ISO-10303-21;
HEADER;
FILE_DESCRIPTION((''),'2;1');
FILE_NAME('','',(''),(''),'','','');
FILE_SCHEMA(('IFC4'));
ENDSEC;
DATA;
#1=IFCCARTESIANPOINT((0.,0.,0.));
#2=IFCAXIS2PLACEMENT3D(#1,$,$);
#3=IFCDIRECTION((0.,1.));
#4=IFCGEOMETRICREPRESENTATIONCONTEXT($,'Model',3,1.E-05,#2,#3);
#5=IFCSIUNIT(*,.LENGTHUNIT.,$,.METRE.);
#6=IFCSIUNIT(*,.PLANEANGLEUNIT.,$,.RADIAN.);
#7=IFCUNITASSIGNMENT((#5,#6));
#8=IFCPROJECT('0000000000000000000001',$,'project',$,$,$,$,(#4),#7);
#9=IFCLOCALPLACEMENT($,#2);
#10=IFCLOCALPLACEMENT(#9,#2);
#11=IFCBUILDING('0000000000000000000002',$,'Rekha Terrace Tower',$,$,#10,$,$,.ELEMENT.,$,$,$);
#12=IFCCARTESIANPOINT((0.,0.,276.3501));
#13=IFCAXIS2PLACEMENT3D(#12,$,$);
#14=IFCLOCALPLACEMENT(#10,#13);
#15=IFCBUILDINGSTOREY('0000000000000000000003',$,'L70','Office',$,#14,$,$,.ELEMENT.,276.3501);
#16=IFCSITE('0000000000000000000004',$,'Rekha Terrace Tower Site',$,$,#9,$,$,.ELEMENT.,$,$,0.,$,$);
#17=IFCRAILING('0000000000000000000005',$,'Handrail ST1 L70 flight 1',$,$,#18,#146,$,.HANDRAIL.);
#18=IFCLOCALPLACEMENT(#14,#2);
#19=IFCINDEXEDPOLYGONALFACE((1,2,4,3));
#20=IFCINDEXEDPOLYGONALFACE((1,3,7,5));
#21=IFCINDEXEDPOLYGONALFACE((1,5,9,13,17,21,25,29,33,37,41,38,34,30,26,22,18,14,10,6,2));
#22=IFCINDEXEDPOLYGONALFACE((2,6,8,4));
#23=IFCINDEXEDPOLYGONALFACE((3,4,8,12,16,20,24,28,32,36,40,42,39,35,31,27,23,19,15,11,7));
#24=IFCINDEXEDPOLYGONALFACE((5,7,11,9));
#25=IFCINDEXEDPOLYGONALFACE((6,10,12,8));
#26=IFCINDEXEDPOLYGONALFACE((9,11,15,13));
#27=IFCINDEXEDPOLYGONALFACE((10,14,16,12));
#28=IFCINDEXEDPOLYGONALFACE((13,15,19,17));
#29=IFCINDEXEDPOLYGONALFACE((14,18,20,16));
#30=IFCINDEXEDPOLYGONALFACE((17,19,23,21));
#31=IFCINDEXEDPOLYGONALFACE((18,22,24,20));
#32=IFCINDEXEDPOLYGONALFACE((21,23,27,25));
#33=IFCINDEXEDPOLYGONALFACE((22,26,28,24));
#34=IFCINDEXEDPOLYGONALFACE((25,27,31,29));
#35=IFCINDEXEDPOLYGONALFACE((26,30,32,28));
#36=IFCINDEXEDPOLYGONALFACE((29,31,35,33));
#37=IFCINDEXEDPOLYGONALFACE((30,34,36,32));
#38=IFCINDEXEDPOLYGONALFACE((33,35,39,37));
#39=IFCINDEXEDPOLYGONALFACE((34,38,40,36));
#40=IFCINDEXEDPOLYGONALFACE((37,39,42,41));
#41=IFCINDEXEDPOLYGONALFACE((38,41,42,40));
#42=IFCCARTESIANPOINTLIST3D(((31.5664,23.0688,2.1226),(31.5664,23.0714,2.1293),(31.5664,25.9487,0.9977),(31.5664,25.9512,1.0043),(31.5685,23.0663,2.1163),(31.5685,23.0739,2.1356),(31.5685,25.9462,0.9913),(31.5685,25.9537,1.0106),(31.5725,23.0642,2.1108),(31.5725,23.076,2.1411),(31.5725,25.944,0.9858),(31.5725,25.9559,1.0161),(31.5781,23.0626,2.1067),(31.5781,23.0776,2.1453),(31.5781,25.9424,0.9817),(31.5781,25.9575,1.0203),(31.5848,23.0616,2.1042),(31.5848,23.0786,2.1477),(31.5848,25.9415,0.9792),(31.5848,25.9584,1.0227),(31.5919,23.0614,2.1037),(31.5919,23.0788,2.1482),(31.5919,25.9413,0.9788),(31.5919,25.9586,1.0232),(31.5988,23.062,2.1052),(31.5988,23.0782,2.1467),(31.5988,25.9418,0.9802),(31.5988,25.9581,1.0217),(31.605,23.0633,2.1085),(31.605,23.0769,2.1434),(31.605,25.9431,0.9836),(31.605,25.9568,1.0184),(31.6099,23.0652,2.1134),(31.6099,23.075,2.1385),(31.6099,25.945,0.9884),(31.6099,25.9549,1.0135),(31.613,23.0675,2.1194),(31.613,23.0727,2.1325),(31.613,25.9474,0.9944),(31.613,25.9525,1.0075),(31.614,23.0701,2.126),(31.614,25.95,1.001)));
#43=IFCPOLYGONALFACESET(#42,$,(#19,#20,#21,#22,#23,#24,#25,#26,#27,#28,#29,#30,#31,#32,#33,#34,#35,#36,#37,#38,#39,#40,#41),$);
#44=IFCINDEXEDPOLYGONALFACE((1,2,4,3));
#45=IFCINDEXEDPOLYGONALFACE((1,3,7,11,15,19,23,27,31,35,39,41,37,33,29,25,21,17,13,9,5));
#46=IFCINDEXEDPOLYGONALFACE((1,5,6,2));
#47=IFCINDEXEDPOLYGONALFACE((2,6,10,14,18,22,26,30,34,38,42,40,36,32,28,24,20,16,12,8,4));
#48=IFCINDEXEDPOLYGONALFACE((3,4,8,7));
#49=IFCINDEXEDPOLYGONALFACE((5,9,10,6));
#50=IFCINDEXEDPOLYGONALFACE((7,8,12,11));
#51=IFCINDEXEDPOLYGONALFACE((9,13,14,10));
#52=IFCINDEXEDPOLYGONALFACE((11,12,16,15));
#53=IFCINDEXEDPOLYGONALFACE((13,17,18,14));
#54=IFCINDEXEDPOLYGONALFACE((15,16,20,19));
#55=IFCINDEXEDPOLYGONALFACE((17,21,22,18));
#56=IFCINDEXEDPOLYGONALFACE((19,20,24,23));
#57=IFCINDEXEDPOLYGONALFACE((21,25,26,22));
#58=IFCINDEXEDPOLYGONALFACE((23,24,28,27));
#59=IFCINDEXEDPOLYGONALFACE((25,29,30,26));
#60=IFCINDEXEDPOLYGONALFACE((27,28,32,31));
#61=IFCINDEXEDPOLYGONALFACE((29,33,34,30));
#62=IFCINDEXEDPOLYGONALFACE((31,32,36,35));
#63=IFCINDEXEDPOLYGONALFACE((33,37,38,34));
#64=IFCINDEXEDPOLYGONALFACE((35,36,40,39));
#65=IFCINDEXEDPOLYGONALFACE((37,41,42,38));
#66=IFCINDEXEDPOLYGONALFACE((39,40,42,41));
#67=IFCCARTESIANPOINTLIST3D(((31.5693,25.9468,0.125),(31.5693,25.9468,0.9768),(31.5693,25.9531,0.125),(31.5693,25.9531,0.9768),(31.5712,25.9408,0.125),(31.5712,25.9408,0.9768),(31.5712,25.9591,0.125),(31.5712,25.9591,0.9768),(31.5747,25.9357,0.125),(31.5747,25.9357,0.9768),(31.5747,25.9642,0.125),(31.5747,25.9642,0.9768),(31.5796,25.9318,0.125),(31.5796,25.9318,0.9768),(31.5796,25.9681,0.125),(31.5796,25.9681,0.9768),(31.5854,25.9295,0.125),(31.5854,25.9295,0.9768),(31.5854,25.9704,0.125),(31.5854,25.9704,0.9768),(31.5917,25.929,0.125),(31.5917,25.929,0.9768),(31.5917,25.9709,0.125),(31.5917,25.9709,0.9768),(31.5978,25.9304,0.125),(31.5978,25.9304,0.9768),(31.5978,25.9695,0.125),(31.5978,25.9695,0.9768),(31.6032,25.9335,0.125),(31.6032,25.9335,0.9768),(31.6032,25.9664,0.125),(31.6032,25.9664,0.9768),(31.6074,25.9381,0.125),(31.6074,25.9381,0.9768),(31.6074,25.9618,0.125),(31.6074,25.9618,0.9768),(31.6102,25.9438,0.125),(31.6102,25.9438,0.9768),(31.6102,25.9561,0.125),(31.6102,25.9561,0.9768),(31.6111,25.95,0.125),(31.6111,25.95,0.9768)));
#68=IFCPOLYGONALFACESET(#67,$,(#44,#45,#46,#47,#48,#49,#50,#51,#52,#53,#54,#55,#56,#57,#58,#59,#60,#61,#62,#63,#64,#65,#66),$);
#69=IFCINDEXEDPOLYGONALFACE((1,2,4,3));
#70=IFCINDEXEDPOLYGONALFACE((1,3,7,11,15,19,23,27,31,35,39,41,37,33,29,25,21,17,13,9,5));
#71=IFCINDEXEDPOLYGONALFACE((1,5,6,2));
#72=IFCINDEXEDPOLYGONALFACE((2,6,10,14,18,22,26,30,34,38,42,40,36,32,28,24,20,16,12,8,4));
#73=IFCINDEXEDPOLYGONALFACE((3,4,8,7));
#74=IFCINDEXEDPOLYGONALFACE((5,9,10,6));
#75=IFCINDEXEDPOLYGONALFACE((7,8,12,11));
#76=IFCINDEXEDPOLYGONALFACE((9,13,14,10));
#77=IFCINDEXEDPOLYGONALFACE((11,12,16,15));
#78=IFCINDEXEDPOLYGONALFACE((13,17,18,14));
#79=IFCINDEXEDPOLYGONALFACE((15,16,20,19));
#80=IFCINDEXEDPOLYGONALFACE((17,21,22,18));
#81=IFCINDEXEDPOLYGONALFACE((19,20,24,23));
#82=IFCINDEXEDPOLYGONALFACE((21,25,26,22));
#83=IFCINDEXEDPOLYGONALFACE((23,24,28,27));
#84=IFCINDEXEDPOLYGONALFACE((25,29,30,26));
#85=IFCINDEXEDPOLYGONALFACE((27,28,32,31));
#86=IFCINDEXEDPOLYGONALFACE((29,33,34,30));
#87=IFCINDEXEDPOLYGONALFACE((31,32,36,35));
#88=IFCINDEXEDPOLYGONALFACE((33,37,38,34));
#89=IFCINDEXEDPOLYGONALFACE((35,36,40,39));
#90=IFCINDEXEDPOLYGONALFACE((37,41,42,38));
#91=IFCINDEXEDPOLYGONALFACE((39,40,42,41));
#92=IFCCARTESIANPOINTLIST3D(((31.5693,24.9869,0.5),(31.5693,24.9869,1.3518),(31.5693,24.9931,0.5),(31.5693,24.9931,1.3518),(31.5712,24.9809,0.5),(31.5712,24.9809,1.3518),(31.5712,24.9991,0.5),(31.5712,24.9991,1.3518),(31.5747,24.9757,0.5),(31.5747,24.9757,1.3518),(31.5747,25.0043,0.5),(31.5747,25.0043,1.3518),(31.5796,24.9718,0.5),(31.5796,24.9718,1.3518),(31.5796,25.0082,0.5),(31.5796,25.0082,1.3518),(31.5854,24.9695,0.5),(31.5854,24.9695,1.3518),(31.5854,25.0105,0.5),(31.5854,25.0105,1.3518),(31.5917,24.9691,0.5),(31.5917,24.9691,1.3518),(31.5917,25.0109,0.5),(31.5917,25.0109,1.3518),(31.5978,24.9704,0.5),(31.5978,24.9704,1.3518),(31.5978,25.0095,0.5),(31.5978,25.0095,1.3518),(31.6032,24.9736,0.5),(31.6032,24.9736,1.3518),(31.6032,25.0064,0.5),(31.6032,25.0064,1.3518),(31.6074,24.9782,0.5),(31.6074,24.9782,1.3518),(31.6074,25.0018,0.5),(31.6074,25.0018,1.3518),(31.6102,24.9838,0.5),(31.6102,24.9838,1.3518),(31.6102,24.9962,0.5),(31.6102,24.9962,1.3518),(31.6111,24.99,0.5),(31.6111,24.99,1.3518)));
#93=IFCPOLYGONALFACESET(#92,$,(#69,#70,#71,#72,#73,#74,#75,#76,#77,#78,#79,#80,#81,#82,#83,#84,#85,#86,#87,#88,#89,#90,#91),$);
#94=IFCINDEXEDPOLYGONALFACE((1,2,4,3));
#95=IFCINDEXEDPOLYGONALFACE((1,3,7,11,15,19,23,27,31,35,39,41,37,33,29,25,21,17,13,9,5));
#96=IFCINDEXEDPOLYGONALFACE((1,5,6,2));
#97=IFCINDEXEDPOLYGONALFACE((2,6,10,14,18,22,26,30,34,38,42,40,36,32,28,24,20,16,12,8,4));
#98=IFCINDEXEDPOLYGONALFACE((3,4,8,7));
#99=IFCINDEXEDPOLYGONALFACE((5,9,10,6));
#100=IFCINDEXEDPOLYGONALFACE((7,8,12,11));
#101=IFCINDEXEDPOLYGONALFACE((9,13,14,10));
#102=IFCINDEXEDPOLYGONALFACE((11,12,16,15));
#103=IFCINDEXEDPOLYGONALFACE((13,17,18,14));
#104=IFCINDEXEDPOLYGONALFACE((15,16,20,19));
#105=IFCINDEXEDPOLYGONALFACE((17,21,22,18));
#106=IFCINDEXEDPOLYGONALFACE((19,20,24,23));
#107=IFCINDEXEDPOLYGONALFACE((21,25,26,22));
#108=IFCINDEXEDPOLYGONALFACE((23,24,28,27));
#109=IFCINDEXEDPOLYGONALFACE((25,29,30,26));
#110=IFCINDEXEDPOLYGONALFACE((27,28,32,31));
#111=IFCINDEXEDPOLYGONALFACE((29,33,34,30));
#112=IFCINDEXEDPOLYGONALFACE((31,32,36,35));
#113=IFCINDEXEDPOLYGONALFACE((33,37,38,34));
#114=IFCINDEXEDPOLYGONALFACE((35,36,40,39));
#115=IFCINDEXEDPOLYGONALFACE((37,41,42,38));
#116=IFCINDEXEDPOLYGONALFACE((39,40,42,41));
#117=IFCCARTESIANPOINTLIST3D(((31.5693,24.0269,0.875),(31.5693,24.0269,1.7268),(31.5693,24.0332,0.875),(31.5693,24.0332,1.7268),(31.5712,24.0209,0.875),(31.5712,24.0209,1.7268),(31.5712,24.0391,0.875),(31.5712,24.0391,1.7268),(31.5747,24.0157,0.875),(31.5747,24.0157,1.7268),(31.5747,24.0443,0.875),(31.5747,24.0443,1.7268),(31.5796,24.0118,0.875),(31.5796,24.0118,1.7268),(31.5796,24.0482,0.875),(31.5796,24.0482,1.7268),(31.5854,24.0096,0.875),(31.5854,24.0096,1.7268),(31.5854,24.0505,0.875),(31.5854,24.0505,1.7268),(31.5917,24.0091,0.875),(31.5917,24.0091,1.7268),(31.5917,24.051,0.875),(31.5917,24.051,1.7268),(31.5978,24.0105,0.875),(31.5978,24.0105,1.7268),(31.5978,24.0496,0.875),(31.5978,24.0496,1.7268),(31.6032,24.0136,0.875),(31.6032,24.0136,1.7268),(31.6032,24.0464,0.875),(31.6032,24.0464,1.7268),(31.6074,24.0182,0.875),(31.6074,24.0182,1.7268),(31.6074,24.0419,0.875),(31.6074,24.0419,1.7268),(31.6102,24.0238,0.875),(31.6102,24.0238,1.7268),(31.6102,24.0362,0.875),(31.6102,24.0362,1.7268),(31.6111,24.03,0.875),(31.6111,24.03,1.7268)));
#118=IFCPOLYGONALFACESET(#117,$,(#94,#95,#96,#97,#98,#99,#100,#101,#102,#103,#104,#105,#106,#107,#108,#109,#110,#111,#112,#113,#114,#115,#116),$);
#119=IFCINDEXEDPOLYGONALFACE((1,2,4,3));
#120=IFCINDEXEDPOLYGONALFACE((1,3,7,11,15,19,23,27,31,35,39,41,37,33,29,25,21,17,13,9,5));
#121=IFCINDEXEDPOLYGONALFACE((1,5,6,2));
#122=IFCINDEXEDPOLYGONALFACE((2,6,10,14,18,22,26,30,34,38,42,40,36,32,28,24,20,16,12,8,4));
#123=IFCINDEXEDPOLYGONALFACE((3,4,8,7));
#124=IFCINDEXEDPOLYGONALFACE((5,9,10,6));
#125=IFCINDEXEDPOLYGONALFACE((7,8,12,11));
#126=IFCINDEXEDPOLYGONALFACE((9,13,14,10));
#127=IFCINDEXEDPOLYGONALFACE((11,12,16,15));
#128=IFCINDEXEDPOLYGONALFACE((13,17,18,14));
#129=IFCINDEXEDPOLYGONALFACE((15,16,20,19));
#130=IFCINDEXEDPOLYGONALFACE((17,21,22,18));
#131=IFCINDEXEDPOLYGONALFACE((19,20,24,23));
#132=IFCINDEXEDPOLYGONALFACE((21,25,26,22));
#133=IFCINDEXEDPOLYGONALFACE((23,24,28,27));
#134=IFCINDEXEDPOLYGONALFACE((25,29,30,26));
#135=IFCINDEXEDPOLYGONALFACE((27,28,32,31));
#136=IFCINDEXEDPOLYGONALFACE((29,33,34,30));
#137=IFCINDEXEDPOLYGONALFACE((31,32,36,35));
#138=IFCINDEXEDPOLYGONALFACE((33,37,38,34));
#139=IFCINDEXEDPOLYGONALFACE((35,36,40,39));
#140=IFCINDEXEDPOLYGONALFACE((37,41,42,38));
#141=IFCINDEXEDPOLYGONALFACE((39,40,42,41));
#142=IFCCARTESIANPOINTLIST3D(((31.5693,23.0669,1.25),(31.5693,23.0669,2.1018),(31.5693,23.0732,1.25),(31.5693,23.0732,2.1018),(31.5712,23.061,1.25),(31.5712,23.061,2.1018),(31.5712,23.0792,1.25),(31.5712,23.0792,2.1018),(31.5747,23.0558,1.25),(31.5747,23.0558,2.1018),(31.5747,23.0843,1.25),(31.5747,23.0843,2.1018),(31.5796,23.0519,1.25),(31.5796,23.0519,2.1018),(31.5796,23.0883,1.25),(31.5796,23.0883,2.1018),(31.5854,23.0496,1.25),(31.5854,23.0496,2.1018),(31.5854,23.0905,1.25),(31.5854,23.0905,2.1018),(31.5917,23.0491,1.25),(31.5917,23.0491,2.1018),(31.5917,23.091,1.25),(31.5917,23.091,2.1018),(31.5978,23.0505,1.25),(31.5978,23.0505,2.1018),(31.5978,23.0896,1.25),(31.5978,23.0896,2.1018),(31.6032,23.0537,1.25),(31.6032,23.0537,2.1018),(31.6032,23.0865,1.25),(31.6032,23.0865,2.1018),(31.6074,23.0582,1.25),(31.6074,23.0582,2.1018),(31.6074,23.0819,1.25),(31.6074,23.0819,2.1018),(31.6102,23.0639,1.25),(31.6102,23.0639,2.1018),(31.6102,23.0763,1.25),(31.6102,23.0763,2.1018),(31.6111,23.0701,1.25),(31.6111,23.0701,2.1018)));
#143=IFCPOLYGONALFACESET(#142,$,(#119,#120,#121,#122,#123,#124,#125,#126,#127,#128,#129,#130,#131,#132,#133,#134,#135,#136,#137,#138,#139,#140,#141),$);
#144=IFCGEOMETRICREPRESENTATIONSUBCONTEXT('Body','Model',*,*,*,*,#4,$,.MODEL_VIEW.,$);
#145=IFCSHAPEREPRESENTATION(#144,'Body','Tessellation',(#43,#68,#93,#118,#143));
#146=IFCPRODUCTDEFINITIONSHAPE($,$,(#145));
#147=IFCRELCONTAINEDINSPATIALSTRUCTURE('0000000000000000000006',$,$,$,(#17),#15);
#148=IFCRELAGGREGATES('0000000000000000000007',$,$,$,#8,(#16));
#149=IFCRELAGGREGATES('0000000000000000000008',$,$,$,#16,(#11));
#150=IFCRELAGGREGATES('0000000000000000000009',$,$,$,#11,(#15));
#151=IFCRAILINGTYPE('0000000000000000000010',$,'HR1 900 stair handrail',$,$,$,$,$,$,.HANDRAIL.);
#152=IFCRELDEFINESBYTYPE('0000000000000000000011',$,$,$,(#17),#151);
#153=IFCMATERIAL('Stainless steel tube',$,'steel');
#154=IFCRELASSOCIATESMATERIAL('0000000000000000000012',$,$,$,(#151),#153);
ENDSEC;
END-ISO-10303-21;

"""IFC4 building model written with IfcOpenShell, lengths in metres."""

from ifc_helpers import new_model, si_unit, direction, frame, origin, origin_2d, place, context, subcontext, project, spatial, circle, extrude, material, type_object, element, save


model = new_model("IFC4")

# Units and contexts
model_context = context("Model", 3, precision=1e-05, world=origin(), true_north=direction((0.0, 1.0)))
body_context = subcontext(model_context, "Body", "Model", "MODEL_VIEW")
ifc_project = project(units=[si_unit("LENGTHUNIT", "METRE"), si_unit("PLANEANGLEUNIT", "RADIAN")], contexts=[model_context])

# Site, building, storey
site_placement = place(None, origin())
site = spatial("IfcSite", under=ifc_project, at=site_placement, Name="Rekha Terrace Tower Site", CompositionType="ELEMENT", RefElevation=0.0)
building_placement = place(site_placement, origin())
building = spatial("IfcBuilding", under=site, at=building_placement, Name="Rekha Terrace Tower", CompositionType="ELEMENT")
storey_placement = place(building_placement, frame((0.0, 0.0, 276.3501)))
storey = spatial("IfcBuildingStorey", under=building, at=storey_placement, Name="L70", Description="Office", CompositionType="ELEMENT", Elevation=276.3501)

# Railing
ifc_material_1 = material(Name="Stainless steel tube", Category="steel")
railing_type_1 = type_object("IfcRailingType", Name="HR1 900 stair handrail", PredefinedType="HANDRAIL", material=ifc_material_1)
railing_1_placement = place(storey_placement, frame((31.5901, 25.95, 0.125)))
element("IfcRailing", 1, at=railing_1_placement, inside=storey, type_object=railing_type_1, Name="Handrail ST1 L70 flight 1", PredefinedType="HANDRAIL", context=body_context, shape_type="SweptSolid", body=[
    extrude(circle(Radius=0.0239, at=origin_2d()), frame((0.0, 0.0, 0.876), z_axis=(0.0, -0.931452, 0.363863), x_axis=(1.0, 0.0, 0.0)), (0.0, 0.0, 1.0), 3.0918),
    extrude(circle(Radius=0.021, at=origin_2d()), origin(), (0.0, 0.0, 1.0), 0.8518),
    extrude(circle(Radius=0.021, at=origin_2d()), frame((0.0, -0.96, 0.375)), (0.0, 0.0, 1.0), 0.8518),
    extrude(circle(Radius=0.021, at=origin_2d()), frame((0.0, -1.9199, 0.75)), (0.0, 0.0, 1.0), 0.8518),
    extrude(circle(Radius=0.021, at=origin_2d()), frame((0.0, -2.8799, 1.125)), (0.0, 0.0, 1.0), 0.8518),
])

save(model, "model.ifc")
